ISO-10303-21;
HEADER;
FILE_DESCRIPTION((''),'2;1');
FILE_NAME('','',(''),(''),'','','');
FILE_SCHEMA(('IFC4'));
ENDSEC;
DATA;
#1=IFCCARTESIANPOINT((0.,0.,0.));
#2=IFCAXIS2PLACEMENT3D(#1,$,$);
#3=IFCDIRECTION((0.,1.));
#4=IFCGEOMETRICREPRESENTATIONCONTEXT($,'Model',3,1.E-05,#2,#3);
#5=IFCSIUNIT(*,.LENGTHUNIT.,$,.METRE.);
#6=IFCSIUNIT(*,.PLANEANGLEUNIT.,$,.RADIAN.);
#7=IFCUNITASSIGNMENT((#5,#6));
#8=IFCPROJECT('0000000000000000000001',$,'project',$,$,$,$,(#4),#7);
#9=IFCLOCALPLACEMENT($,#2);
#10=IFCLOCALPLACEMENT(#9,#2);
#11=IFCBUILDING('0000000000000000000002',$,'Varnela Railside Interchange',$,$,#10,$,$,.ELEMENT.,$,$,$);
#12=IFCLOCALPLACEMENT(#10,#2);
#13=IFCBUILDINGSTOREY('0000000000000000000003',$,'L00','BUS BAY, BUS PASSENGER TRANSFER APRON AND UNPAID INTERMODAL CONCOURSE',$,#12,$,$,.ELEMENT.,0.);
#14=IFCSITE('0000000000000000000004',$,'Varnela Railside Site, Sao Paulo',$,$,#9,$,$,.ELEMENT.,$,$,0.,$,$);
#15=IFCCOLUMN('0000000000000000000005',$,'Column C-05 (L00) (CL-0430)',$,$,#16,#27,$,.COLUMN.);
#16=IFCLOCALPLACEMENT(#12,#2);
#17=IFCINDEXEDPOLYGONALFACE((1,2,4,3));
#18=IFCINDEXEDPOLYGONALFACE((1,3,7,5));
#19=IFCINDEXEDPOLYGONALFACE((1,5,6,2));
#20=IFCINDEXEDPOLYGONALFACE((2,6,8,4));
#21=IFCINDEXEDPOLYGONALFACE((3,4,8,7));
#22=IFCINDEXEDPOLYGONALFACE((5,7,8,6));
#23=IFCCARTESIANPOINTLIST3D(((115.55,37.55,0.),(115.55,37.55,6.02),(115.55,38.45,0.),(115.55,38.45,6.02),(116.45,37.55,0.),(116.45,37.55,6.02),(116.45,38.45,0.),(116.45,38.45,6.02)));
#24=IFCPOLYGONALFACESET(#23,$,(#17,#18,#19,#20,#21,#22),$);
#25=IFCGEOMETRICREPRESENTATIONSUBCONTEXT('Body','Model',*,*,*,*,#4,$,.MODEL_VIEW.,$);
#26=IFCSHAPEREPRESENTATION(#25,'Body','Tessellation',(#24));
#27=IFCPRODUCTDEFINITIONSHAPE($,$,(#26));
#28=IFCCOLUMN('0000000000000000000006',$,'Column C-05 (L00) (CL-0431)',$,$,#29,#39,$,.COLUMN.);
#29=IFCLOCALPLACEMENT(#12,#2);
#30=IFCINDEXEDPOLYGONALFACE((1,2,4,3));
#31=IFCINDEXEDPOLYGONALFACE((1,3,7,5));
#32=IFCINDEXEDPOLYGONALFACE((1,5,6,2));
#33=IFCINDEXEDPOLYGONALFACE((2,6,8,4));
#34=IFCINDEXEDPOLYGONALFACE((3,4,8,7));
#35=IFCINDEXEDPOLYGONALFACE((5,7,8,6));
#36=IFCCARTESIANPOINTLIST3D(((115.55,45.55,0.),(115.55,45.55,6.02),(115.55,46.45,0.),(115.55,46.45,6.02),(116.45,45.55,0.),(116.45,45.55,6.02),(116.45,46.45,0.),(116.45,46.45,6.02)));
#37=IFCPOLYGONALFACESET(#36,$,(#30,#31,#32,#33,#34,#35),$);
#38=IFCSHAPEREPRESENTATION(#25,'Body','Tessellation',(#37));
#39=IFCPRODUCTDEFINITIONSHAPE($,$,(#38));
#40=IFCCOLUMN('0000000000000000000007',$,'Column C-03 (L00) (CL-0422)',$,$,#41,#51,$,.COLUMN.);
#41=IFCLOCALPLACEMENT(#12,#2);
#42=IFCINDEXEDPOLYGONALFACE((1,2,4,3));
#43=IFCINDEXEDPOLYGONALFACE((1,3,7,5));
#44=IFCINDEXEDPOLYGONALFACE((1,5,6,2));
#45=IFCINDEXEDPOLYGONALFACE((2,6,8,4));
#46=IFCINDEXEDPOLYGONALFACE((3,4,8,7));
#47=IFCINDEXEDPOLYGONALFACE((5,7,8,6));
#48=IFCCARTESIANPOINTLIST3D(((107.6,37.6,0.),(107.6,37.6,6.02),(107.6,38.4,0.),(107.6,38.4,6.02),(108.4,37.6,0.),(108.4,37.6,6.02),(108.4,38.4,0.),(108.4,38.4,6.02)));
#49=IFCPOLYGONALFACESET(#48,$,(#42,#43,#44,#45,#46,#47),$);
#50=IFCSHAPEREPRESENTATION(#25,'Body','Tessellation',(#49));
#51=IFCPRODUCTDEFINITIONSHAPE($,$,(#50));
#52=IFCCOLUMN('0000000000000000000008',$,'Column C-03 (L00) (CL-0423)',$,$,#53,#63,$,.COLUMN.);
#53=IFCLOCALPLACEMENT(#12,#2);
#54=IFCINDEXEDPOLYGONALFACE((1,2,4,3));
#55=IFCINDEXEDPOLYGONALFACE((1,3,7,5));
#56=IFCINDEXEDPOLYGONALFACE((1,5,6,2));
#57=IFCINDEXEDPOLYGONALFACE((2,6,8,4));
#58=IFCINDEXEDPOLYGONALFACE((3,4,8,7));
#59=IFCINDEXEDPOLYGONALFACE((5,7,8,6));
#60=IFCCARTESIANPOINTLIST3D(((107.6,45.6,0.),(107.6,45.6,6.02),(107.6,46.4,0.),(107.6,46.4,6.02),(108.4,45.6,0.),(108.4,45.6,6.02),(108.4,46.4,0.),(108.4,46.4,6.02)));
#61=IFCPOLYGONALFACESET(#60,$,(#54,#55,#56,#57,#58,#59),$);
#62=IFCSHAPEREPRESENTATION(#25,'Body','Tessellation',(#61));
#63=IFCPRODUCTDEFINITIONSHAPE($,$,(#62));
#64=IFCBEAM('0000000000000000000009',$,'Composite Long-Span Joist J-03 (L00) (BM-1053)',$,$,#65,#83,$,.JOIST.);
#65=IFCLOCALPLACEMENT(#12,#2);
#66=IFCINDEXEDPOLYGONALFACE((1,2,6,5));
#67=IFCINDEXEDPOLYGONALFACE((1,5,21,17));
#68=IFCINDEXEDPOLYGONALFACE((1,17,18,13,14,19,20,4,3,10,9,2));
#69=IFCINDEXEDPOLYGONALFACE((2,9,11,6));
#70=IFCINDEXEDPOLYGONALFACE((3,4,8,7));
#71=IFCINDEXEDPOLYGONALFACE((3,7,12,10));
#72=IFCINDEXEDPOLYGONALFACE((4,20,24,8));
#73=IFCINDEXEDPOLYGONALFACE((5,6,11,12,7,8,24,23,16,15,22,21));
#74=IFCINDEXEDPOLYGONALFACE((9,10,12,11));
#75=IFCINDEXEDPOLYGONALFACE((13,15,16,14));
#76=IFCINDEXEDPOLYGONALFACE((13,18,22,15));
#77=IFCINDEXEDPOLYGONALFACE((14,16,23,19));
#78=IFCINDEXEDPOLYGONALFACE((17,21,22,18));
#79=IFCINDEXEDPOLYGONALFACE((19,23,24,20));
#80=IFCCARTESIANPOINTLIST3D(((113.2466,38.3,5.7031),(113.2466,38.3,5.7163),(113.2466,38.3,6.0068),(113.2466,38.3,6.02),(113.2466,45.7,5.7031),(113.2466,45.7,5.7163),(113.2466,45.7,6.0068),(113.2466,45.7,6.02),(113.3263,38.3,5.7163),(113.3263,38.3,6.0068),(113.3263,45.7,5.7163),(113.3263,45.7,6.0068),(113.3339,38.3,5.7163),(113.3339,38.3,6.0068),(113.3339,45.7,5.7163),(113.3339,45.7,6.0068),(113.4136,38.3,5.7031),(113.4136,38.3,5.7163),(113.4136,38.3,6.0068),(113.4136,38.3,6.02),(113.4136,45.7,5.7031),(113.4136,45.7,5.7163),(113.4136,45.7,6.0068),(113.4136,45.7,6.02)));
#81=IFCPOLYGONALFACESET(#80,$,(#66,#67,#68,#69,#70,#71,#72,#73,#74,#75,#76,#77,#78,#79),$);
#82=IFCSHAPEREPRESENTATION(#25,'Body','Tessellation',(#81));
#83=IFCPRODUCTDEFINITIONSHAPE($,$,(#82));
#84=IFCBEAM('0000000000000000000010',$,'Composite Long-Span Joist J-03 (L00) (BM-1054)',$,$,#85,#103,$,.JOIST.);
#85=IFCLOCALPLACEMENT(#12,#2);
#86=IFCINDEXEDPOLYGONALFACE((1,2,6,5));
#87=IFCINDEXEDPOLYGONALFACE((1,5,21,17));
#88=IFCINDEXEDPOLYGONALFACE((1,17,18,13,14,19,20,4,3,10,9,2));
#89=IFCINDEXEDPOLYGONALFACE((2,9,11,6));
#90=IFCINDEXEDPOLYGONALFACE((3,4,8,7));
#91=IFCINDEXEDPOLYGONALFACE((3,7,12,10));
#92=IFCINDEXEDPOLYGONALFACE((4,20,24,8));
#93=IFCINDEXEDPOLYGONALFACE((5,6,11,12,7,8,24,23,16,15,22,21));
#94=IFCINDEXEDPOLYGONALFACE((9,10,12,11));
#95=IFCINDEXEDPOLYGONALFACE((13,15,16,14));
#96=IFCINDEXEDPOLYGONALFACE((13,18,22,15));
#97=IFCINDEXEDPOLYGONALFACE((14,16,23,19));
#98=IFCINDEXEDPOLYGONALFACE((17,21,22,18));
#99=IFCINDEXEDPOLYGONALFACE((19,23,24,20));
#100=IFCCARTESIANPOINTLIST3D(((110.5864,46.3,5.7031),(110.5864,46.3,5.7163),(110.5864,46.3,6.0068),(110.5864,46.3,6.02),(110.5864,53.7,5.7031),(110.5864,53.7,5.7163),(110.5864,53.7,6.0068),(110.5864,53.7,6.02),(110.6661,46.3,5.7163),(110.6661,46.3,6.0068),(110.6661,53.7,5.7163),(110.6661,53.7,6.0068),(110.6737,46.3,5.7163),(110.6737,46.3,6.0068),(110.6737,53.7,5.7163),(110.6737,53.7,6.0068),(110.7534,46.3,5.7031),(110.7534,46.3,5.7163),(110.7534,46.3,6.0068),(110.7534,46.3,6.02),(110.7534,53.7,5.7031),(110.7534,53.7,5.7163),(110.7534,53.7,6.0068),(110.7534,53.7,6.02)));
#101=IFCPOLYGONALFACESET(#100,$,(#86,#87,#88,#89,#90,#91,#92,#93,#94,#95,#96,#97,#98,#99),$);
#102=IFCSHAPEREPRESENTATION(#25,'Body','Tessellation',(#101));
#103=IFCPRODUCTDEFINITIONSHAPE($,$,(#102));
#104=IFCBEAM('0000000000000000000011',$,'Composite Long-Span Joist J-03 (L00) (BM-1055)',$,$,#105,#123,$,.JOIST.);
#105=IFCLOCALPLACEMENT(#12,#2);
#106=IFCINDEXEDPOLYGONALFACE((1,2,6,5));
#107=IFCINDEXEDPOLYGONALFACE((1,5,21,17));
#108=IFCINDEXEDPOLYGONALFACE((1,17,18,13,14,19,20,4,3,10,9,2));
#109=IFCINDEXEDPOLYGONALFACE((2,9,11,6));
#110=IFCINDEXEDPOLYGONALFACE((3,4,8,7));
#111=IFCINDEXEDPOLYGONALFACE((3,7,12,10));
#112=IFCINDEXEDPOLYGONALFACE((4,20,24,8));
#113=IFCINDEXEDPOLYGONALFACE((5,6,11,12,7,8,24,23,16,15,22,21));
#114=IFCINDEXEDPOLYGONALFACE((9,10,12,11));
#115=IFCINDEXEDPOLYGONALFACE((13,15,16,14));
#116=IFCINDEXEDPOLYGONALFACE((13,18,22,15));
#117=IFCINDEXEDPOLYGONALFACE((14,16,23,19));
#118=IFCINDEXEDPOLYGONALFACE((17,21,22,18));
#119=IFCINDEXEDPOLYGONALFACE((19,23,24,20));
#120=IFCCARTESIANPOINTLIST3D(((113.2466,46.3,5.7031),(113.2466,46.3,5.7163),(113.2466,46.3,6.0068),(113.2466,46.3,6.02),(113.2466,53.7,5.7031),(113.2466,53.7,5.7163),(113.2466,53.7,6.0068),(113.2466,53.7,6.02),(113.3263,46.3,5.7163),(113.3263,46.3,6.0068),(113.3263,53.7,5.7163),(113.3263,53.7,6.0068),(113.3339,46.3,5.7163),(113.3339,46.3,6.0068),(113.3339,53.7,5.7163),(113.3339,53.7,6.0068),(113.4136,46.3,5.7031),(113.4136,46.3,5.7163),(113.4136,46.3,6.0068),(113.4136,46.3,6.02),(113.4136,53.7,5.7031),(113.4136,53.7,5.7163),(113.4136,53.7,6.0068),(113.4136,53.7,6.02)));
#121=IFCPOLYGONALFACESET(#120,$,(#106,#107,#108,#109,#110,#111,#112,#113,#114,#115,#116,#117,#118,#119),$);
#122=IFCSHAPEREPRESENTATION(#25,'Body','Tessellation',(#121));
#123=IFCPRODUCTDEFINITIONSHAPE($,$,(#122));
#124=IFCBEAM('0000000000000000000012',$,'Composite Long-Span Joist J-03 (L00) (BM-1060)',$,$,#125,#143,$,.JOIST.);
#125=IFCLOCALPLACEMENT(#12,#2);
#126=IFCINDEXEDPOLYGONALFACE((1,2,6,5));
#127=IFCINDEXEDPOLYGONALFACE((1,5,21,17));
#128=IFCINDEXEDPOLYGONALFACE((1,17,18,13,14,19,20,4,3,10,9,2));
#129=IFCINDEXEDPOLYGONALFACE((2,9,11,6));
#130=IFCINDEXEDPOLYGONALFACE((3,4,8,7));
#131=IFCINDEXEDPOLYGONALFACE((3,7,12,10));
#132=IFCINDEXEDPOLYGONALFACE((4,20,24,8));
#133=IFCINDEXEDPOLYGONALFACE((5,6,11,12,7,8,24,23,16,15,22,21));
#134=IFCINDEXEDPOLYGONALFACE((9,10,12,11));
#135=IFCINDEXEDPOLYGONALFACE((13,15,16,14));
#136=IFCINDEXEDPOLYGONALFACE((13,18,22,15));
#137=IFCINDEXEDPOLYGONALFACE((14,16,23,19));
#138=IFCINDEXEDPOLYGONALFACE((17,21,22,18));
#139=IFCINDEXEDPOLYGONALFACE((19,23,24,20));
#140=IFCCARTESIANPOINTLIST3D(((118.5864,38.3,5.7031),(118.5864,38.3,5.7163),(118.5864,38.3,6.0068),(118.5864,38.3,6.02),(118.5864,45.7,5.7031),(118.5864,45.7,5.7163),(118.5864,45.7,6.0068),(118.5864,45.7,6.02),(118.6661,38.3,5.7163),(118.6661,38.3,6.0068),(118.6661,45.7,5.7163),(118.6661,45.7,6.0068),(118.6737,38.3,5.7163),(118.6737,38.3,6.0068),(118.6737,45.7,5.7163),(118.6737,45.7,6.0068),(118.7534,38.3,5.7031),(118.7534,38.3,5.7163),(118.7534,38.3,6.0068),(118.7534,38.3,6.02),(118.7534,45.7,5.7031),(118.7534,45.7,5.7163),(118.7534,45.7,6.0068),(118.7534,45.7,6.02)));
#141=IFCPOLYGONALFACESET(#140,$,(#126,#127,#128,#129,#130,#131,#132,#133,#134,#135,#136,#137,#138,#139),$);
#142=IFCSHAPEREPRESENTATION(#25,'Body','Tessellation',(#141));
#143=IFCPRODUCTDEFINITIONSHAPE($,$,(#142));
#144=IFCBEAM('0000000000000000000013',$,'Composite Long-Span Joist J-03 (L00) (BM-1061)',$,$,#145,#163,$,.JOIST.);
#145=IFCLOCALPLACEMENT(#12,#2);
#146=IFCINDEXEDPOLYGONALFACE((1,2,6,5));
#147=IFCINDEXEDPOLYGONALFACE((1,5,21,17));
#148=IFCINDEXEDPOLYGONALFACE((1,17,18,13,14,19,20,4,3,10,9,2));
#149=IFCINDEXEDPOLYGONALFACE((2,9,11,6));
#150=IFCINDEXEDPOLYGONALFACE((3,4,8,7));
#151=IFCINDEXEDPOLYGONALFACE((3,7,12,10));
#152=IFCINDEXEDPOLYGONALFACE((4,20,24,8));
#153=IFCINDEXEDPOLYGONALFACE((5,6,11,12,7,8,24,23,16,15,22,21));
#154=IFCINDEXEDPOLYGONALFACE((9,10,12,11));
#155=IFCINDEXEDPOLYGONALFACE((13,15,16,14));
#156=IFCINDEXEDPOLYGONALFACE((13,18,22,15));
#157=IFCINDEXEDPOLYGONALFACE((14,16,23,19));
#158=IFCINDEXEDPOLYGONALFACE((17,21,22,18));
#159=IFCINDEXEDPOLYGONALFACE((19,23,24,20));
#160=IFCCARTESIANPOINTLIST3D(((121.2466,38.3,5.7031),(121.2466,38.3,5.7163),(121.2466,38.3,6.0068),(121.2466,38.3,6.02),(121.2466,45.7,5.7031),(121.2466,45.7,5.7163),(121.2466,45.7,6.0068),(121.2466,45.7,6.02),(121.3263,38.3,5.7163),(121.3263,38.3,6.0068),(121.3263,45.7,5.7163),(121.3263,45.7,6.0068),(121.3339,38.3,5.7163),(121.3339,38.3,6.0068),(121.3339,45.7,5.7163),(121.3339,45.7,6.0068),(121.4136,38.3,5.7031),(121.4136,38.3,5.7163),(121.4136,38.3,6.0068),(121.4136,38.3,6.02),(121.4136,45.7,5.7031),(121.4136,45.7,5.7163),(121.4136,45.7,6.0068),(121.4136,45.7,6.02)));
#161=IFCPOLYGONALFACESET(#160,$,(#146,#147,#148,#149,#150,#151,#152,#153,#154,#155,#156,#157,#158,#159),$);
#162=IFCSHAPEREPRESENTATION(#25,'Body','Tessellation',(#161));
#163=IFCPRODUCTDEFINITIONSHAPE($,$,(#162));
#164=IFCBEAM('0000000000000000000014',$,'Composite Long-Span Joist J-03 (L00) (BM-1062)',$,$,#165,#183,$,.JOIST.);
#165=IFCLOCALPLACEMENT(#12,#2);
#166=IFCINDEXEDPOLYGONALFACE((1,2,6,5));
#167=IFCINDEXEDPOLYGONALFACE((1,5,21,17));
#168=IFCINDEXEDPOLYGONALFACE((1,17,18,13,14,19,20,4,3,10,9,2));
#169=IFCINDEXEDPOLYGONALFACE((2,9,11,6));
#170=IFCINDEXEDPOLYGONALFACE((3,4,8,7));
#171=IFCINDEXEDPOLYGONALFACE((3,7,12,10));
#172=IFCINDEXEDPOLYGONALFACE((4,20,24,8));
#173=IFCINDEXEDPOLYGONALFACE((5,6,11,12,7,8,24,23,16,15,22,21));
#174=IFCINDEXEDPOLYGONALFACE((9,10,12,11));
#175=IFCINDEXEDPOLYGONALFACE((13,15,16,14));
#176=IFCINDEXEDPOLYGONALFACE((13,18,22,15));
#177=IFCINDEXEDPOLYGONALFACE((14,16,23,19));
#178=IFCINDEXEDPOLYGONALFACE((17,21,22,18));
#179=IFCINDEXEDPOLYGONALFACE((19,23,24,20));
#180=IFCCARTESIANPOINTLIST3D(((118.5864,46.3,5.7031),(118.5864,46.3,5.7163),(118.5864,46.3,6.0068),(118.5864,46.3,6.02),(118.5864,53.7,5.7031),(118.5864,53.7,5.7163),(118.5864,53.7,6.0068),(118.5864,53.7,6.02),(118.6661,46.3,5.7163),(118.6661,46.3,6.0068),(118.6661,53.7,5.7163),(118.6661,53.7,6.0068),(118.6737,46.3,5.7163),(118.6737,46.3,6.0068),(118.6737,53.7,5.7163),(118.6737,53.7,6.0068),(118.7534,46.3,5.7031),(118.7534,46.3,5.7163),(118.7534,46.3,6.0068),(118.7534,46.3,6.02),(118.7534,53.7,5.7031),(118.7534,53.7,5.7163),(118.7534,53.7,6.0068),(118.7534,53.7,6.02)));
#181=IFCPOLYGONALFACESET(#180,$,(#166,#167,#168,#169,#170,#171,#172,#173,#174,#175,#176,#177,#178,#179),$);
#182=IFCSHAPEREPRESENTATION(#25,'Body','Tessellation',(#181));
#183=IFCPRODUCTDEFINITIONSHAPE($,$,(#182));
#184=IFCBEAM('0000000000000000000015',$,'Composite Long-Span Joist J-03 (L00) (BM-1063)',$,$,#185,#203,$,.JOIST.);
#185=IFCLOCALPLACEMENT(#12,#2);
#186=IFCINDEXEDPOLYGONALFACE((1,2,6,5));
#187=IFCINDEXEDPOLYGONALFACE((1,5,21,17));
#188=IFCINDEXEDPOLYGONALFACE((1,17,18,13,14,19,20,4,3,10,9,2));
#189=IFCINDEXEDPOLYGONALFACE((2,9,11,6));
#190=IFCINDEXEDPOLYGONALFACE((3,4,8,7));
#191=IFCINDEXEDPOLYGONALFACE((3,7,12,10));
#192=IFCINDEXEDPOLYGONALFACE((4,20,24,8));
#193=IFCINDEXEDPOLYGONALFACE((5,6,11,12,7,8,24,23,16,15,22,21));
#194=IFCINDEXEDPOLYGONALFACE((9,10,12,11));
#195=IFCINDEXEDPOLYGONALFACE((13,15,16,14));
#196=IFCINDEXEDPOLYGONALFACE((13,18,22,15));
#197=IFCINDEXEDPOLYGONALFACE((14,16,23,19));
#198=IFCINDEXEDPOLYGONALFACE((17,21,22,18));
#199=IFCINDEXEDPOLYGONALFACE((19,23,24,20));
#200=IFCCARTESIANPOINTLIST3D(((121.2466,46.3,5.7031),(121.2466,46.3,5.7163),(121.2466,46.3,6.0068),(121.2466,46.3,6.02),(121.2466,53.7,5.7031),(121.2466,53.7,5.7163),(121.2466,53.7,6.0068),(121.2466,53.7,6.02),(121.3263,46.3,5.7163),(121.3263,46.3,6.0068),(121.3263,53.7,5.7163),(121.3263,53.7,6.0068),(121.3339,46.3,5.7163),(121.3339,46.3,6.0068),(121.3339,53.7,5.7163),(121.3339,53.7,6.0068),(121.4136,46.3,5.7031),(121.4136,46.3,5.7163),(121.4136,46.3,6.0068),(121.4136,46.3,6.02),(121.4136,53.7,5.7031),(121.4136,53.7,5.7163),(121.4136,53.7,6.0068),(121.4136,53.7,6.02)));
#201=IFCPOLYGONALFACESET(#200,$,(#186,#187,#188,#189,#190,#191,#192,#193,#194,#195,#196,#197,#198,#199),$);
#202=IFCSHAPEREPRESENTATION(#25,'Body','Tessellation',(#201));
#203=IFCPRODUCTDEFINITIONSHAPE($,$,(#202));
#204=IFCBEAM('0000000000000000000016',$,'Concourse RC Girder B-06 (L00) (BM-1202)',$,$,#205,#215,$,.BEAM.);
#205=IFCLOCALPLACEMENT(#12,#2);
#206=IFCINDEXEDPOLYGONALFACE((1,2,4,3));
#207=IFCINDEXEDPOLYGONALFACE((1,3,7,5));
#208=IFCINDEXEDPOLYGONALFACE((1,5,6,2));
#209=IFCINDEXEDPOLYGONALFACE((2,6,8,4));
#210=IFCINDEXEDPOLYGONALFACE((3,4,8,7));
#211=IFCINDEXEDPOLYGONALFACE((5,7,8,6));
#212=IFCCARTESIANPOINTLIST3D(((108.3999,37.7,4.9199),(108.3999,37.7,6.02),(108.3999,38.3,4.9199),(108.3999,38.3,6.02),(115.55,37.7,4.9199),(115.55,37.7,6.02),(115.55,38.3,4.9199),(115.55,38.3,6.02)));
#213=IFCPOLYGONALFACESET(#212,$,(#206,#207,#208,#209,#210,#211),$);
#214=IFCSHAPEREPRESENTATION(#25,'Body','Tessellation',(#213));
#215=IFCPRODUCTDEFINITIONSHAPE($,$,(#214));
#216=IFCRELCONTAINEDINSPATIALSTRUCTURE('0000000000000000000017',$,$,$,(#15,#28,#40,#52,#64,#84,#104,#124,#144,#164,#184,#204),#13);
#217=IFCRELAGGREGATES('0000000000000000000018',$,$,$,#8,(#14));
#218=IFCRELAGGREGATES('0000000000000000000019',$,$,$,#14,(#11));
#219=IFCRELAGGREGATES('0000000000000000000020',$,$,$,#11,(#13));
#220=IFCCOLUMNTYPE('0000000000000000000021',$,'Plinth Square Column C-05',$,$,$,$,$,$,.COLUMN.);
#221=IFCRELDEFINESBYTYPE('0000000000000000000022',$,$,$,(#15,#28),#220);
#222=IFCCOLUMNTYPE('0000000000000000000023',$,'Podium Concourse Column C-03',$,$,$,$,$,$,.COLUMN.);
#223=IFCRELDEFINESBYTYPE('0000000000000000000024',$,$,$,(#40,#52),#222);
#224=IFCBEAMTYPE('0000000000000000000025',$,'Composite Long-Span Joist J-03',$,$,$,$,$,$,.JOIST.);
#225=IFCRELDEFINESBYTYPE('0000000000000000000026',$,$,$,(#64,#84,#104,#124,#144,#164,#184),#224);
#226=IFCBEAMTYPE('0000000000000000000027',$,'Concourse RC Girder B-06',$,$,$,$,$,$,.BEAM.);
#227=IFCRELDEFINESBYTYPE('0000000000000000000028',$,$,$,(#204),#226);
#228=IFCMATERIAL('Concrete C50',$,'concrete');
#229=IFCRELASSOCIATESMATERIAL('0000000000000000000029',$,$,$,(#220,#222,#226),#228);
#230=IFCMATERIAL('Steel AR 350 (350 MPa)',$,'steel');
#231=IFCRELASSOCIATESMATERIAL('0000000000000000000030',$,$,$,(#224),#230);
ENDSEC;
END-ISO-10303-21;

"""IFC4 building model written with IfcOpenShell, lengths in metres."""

from ifc_helpers import new_model, si_unit, direction, frame, origin, origin_2d, place, context, subcontext, project, spatial, rectangle, i_section, extrude, material, material_profile, profile_set, type_object, element, save


model = new_model("IFC4")

# Units and contexts
model_context = context("Model", 3, precision=1e-05, world=origin(), true_north=direction((0.0, 1.0)))
body_context = subcontext(model_context, "Body", "Model", "MODEL_VIEW")
ifc_project = project(units=[si_unit("LENGTHUNIT", "METRE"), si_unit("PLANEANGLEUNIT", "RADIAN")], contexts=[model_context])

# Site, building, storey
site_placement = place(None, origin())
site = spatial("IfcSite", under=ifc_project, at=site_placement, Name="Varnela Railside Site, Sao Paulo", CompositionType="ELEMENT", RefElevation=0.0)
building_placement = place(site_placement, origin())
building = spatial("IfcBuilding", under=site, at=building_placement, Name="Varnela Railside Interchange", CompositionType="ELEMENT")
storey_placement = place(building_placement, origin())
storey = spatial("IfcBuildingStorey", under=building, at=storey_placement, Name="L00", Description="BUS BAY, BUS PASSENGER TRANSFER APRON AND UNPAID INTERMODAL CONCOURSE", CompositionType="ELEMENT", Elevation=0.0)

# Columns
ifc_material_1 = material(Name="Concrete C50", Category="concrete")
ifc_material_profile_1 = material_profile(ifc_material_1, rectangle(XDim=0.8999, YDim=0.8999, at=origin_2d()), Name="RC 900x900")
ifc_profile_set_1 = profile_set([ifc_material_profile_1], Name="Concrete C50")
column_type_1 = type_object("IfcColumnType", Name="Plinth Square Column C-05", PredefinedType="COLUMN", material=ifc_profile_set_1)
for number, where, z_axis, x_axis, name in (
    (1, (116.0, 38.0, 0.0), (0.0, 0.0, 1.0), (1.0, 0.0, 0.0), "Column C-05 (L00) (CL-0430)"),
    (2, (116.0, 46.0, 0.0), (0.0, 0.0, 1.0), (1.0, 0.0, 0.0), "Column C-05 (L00) (CL-0431)"),
):
    element("IfcColumn", number, at=place(storey_placement, frame(where, z_axis=z_axis, x_axis=x_axis)), inside=storey, type_object=column_type_1, Name=name, PredefinedType="COLUMN", context=body_context, shape_type="SweptSolid", body=[
        extrude(rectangle(XDim=0.8999, YDim=0.8999, at=origin_2d()), origin(), (0.0, 0.0, 1.0), 6.02),
    ])
ifc_material_profile_2 = material_profile(ifc_material_1, rectangle(XDim=0.8, YDim=0.8, at=origin_2d()), Name="RC 800x800")
ifc_profile_set_2 = profile_set([ifc_material_profile_2], Name="Concrete C50")
column_type_2 = type_object("IfcColumnType", Name="Podium Concourse Column C-03", PredefinedType="COLUMN", material=ifc_profile_set_2)
for number, where, z_axis, x_axis, name in (
    (3, (108.0, 38.0, 0.0), (0.0, 0.0, 1.0), (1.0, 0.0, 0.0), "Column C-03 (L00) (CL-0422)"),
    (4, (108.0, 46.0, 0.0), (0.0, 0.0, 1.0), (1.0, 0.0, 0.0), "Column C-03 (L00) (CL-0423)"),
):
    element("IfcColumn", number, at=place(storey_placement, frame(where, z_axis=z_axis, x_axis=x_axis)), inside=storey, type_object=column_type_2, Name=name, PredefinedType="COLUMN", context=body_context, shape_type="SweptSolid", body=[
        extrude(rectangle(XDim=0.8, YDim=0.8, at=origin_2d()), origin(), (0.0, 0.0, 1.0), 6.02),
    ])

# Beams
ifc_material_2 = material(Name="Steel AR 350 (350 MPa)", Category="steel")
ifc_material_profile_3 = material_profile(ifc_material_2, i_section(OverallWidth=0.167, OverallDepth=0.3169, WebThickness=0.0076, FlangeThickness=0.0132, at=origin_2d()), Name="W310x52")
ifc_profile_set_3 = profile_set([ifc_material_profile_3], Name="Steel AR 350 (350 MPa)")
beam_type_1 = type_object("IfcBeamType", Name="Composite Long-Span Joist J-03", PredefinedType="JOIST", material=ifc_profile_set_3)
for number, where, z_axis, x_axis, name in (
    (5, (113.3301, 38.3, 5.8616), (0.0, 1.0, 0.0), (-1.0, 0.0, 0.0), "Composite Long-Span Joist J-03 (L00) (BM-1053)"),
    (6, (110.6699, 46.3, 5.8616), (0.0, 1.0, 0.0), (-1.0, 0.0, 0.0), "Composite Long-Span Joist J-03 (L00) (BM-1054)"),
    (7, (113.3301, 46.3, 5.8616), (0.0, 1.0, 0.0), (-1.0, 0.0, 0.0), "Composite Long-Span Joist J-03 (L00) (BM-1055)"),
    (8, (118.6699, 38.3, 5.8616), (0.0, 1.0, 0.0), (-1.0, 0.0, 0.0), "Composite Long-Span Joist J-03 (L00) (BM-1060)"),
    (9, (121.3301, 38.3, 5.8616), (0.0, 1.0, 0.0), (-1.0, 0.0, 0.0), "Composite Long-Span Joist J-03 (L00) (BM-1061)"),
    (10, (118.6699, 46.3, 5.8616), (0.0, 1.0, 0.0), (-1.0, 0.0, 0.0), "Composite Long-Span Joist J-03 (L00) (BM-1062)"),
    (11, (121.3301, 46.3, 5.8616), (0.0, 1.0, 0.0), (-1.0, 0.0, 0.0), "Composite Long-Span Joist J-03 (L00) (BM-1063)"),
):
    element("IfcBeam", number, at=place(storey_placement, frame(where, z_axis=z_axis, x_axis=x_axis)), inside=storey, type_object=beam_type_1, Name=name, PredefinedType="JOIST", context=body_context, shape_type="SweptSolid", body=[
        extrude(i_section(OverallWidth=0.167, OverallDepth=0.3169, WebThickness=0.0076, FlangeThickness=0.0132, at=origin_2d()), origin(), (0.0, 0.0, 1.0), 7.3999),
    ])
ifc_material_profile_4 = material_profile(ifc_material_1, rectangle(XDim=0.6001, YDim=1.1001, at=origin_2d()), Name="RC 600x1100")
ifc_profile_set_4 = profile_set([ifc_material_profile_4], Name="Concrete C50")
beam_type_2 = type_object("IfcBeamType", Name="Concourse RC Girder B-06", PredefinedType="BEAM", material=ifc_profile_set_4)
for number, where, z_axis, x_axis, name in (
    (12, (108.3999, 38.0, 5.47), (1.0, 0.0, 0.0), (0.0, 1.0, 0.0), "Concourse RC Girder B-06 (L00) (BM-1202)"),
):
    element("IfcBeam", number, at=place(storey_placement, frame(where, z_axis=z_axis, x_axis=x_axis)), inside=storey, type_object=beam_type_2, Name=name, PredefinedType="BEAM", context=body_context, shape_type="SweptSolid", body=[
        extrude(rectangle(XDim=0.6001, YDim=1.1001, at=origin_2d()), origin(), (0.0, 0.0, 1.0), 7.1501),
    ])

save(model, "model.ifc")
